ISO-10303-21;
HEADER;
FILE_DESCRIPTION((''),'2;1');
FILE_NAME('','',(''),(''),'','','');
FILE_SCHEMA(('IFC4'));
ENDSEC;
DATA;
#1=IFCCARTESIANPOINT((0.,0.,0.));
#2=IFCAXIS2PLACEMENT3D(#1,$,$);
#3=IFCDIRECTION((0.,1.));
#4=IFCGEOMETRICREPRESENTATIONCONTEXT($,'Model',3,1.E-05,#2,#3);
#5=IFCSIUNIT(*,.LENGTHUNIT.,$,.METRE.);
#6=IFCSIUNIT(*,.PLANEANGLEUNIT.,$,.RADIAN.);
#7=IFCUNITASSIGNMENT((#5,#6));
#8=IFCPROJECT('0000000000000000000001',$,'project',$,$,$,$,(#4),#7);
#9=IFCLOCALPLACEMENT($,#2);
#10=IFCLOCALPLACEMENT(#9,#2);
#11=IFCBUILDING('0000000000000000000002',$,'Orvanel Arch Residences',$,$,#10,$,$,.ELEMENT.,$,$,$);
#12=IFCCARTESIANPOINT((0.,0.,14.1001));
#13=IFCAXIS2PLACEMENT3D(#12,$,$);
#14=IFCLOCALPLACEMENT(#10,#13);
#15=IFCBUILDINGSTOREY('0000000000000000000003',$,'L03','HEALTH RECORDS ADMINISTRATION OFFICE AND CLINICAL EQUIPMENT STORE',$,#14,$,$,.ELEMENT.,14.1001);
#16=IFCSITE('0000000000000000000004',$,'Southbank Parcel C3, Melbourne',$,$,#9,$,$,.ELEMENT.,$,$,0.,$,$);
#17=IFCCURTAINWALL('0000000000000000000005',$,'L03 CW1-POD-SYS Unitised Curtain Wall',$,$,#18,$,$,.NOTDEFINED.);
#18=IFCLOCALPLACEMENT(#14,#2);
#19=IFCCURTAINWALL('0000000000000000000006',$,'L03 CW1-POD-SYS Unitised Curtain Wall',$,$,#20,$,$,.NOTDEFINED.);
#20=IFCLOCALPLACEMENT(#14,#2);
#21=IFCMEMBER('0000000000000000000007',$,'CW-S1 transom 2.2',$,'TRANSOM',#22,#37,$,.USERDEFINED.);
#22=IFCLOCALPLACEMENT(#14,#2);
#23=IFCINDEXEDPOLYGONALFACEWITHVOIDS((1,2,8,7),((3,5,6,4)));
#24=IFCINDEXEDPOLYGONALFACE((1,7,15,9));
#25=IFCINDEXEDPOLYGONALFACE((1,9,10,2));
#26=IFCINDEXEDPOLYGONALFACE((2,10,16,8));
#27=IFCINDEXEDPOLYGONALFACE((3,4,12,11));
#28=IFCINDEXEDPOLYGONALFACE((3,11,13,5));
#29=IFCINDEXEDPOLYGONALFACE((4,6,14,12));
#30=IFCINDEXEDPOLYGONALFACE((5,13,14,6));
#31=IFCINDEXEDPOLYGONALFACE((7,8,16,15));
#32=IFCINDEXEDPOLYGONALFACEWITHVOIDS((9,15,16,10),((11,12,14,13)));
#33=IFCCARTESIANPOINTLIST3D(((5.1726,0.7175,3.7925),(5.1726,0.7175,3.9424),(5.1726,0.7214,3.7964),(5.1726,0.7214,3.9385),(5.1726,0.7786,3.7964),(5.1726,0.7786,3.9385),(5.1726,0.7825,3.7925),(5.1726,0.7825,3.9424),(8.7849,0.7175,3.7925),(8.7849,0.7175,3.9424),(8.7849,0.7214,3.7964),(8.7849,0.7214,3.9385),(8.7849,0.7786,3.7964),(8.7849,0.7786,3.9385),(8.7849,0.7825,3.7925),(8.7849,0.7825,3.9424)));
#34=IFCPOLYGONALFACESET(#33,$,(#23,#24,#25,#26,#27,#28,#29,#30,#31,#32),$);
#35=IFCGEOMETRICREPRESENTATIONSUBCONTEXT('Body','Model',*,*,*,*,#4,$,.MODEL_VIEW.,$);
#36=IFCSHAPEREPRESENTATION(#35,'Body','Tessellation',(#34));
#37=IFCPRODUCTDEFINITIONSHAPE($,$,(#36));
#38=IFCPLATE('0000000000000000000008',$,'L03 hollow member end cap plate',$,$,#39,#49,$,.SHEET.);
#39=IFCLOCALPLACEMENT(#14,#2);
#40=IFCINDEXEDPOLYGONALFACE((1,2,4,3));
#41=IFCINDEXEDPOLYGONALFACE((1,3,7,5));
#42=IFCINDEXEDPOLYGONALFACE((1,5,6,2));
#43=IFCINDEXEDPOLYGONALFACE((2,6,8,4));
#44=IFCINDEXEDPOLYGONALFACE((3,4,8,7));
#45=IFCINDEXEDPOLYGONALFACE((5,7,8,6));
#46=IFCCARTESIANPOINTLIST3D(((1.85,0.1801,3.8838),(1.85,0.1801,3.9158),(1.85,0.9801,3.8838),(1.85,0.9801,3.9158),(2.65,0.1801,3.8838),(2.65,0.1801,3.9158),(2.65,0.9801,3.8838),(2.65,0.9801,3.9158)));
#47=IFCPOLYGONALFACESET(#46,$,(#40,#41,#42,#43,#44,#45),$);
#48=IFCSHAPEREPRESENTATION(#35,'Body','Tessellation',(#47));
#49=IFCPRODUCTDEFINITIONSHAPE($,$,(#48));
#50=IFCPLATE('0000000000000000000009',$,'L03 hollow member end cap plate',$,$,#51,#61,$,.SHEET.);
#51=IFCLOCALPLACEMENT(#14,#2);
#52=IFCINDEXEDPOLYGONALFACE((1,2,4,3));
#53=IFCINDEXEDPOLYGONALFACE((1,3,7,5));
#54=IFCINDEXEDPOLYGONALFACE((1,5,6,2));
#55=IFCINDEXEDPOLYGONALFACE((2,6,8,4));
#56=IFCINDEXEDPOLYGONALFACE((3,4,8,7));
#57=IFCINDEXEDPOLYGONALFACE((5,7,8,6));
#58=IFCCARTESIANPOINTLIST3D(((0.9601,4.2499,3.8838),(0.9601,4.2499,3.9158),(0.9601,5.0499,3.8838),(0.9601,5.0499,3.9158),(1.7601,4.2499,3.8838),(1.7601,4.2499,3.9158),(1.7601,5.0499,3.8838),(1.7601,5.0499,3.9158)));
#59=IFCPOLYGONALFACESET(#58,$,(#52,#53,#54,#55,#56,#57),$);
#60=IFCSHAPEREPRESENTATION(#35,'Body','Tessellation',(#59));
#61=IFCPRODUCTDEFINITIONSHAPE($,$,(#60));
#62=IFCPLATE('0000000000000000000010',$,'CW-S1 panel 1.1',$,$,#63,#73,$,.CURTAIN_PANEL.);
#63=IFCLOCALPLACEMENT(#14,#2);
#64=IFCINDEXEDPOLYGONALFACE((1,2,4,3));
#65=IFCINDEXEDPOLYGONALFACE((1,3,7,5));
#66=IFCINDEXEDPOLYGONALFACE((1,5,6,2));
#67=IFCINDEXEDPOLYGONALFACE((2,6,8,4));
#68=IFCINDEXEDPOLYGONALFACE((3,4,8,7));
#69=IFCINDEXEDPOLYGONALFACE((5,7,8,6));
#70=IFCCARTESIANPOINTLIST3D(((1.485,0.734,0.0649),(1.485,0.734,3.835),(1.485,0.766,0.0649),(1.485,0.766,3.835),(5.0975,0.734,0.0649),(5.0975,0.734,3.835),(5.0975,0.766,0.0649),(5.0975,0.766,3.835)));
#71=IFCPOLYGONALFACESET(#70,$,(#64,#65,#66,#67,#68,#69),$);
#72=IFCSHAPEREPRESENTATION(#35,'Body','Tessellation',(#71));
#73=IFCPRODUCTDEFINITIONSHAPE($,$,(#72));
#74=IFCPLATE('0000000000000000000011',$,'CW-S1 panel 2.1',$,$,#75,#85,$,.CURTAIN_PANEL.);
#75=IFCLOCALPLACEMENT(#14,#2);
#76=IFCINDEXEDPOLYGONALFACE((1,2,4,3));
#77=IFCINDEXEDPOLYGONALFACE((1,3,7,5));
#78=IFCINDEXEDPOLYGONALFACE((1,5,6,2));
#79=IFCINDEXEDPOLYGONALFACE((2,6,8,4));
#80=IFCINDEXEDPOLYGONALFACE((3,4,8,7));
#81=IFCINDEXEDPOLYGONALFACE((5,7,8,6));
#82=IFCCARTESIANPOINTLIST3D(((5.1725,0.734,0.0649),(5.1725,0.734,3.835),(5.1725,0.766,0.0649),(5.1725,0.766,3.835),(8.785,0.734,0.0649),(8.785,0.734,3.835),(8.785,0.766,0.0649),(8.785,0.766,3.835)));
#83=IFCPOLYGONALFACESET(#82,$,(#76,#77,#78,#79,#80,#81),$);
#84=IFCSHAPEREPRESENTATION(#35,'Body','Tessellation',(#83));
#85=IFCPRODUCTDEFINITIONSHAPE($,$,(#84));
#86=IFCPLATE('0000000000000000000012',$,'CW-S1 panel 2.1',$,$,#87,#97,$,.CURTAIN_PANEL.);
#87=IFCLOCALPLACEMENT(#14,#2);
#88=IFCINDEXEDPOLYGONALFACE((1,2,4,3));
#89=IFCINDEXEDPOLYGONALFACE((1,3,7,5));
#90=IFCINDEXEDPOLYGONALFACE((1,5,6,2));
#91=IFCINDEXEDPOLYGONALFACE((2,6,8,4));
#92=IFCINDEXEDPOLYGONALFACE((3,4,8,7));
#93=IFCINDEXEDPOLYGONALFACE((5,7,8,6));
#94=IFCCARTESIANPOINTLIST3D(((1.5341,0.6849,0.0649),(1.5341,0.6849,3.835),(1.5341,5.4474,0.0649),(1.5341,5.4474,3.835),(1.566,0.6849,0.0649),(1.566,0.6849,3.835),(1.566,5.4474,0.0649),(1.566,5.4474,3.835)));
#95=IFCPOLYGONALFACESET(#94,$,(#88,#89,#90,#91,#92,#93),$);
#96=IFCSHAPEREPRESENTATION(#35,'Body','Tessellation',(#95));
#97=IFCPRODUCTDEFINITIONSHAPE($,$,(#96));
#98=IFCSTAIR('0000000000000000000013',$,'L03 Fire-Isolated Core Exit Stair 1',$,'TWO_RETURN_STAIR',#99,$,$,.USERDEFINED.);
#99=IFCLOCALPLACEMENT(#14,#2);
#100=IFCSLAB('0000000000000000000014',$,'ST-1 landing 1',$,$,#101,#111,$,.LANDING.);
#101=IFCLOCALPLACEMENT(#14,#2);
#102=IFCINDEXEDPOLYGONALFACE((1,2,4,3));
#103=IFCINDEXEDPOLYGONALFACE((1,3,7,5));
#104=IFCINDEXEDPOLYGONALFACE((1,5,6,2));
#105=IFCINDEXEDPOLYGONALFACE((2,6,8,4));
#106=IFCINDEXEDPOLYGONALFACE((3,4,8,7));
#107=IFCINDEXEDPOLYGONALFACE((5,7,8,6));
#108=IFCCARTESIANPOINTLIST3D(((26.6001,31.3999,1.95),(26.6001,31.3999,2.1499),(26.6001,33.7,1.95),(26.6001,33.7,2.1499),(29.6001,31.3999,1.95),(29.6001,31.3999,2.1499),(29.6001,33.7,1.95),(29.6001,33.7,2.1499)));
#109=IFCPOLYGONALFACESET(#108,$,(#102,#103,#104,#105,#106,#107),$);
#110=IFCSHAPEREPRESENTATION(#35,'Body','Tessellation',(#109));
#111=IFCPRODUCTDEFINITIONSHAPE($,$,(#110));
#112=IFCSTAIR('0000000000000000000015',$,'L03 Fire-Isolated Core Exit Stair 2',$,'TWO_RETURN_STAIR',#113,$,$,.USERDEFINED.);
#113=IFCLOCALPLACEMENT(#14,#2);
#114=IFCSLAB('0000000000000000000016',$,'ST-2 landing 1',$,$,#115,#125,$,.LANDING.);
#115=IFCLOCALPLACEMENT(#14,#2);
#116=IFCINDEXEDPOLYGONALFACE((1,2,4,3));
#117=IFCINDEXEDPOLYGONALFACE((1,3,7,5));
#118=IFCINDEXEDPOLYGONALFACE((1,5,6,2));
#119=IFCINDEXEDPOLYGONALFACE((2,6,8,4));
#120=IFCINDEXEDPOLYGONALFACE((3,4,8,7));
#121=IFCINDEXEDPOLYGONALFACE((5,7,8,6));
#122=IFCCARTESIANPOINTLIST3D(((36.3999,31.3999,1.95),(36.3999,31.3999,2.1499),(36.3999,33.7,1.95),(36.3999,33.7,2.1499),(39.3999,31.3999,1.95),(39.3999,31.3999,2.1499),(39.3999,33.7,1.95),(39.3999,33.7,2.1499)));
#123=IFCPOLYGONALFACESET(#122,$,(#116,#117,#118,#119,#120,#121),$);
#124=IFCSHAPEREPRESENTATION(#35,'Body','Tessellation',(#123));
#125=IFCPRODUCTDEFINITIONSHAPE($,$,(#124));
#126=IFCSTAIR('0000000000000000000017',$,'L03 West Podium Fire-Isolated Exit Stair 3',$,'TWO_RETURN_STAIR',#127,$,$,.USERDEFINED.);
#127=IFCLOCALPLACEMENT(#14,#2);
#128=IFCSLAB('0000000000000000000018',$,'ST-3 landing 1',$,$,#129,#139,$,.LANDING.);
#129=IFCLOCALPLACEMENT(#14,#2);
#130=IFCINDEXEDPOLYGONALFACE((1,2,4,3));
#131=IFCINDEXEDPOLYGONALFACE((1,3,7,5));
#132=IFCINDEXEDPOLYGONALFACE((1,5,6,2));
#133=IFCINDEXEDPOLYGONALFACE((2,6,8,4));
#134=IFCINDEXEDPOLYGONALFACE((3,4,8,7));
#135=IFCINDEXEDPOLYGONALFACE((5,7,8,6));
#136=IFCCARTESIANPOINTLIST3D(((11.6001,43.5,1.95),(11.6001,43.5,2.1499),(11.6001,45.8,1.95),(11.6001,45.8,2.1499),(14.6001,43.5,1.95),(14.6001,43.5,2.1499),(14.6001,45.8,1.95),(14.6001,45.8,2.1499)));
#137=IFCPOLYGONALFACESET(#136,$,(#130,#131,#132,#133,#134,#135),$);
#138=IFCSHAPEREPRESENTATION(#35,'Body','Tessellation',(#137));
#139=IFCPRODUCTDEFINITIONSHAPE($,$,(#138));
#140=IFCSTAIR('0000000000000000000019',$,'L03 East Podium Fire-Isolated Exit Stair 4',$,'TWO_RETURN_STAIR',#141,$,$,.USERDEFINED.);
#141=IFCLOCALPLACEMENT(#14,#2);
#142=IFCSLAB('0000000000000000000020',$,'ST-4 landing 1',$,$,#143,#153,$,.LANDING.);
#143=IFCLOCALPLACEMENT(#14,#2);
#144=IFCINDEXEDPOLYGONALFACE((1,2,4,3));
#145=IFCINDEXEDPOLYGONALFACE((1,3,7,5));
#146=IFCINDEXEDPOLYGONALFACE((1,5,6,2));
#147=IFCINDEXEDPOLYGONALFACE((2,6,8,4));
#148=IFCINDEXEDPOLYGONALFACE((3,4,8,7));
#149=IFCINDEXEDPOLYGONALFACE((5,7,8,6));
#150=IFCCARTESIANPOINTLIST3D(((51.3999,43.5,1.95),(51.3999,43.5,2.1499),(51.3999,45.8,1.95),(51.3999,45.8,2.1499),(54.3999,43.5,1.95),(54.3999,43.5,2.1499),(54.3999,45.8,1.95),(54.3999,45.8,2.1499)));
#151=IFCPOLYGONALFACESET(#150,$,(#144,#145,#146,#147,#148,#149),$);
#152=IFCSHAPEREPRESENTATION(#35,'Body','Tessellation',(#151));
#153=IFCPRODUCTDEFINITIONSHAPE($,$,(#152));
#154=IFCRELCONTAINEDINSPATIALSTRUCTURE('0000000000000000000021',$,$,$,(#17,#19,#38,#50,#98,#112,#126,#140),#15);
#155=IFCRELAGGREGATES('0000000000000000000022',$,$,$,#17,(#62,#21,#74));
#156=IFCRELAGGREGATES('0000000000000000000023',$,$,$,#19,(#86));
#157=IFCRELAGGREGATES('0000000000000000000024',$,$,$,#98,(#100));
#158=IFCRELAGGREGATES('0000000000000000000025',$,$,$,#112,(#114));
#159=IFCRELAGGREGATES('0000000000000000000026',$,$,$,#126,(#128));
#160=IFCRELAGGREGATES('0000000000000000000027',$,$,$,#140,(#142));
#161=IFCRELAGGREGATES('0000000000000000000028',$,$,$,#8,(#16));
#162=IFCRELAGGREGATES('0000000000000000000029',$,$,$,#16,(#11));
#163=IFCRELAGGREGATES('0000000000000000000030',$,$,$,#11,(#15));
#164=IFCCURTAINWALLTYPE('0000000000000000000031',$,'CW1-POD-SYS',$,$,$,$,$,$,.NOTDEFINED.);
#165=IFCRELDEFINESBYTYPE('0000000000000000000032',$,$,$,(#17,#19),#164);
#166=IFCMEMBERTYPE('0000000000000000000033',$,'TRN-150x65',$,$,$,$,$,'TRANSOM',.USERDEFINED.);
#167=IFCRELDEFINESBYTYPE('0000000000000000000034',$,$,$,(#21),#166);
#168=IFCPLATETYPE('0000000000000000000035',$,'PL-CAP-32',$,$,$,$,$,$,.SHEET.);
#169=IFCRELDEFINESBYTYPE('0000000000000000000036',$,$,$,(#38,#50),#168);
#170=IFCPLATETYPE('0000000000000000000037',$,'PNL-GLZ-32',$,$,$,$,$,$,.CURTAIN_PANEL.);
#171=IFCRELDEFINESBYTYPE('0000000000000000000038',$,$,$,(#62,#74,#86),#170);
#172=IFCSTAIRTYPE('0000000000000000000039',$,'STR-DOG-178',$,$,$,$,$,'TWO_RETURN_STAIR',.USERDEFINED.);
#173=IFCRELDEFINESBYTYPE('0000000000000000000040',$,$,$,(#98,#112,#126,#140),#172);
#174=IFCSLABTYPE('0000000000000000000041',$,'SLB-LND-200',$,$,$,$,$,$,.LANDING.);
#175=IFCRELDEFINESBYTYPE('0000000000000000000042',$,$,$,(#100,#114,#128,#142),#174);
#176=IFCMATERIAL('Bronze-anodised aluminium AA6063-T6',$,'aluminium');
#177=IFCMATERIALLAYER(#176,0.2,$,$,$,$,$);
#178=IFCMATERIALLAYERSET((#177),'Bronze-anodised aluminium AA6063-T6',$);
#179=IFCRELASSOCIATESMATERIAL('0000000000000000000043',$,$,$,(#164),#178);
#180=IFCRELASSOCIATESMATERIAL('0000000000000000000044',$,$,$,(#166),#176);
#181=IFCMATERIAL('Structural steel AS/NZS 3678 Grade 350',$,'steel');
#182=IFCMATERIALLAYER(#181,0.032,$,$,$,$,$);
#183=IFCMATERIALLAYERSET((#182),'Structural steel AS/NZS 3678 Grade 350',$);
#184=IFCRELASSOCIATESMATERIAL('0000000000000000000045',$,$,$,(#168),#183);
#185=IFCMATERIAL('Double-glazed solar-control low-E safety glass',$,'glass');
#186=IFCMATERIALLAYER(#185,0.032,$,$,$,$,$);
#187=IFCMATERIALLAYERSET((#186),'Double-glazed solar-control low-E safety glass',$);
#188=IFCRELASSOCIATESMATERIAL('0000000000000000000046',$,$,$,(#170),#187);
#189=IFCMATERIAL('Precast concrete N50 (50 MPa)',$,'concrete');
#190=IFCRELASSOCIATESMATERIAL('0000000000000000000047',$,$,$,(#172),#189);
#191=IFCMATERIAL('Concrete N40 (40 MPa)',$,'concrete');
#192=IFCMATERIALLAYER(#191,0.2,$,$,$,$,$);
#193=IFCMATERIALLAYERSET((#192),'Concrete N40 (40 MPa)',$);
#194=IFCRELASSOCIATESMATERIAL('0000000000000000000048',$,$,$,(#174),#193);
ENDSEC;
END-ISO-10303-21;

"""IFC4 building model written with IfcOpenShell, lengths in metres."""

from ifc_helpers import new_model, si_unit, direction, frame, origin, origin_2d, place, context, subcontext, project, spatial, polyline, rectangle, hollow_rectangle, outline, extrude, material, layer, layer_set, material_profile, profile_set, type_object, element, aggregate, save


model = new_model("IFC4")

# Units and contexts
model_context = context("Model", 3, precision=1e-05, world=origin(), true_north=direction((0.0, 1.0)))
body_context = subcontext(model_context, "Body", "Model", "MODEL_VIEW")
ifc_project = project(units=[si_unit("LENGTHUNIT", "METRE"), si_unit("PLANEANGLEUNIT", "RADIAN")], contexts=[model_context])

# Site, building, storey
site_placement = place(None, origin())
site = spatial("IfcSite", under=ifc_project, at=site_placement, Name="Southbank Parcel C3, Melbourne", CompositionType="ELEMENT", RefElevation=0.0)
building_placement = place(site_placement, origin())
building = spatial("IfcBuilding", under=site, at=building_placement, Name="Orvanel Arch Residences", CompositionType="ELEMENT")
storey_placement = place(building_placement, frame((0.0, 0.0, 14.1001)))
storey = spatial("IfcBuildingStorey", under=building, at=storey_placement, Name="L03", Description="HEALTH RECORDS ADMINISTRATION OFFICE AND CLINICAL EQUIPMENT STORE", CompositionType="ELEMENT", Elevation=14.1001)

# Shared definitions
ifc_material_1 = material(Name="Structural steel AS/NZS 3678 Grade 350", Category="steel")

# Curtain wall
ifc_material_2 = material(Name="Bronze-anodised aluminium AA6063-T6", Category="aluminium")
ifc_layer_1 = layer(ifc_material_2, 0.2)
ifc_layer_set_1 = layer_set([ifc_layer_1], Name="Bronze-anodised aluminium AA6063-T6")
curtain_wall_type = type_object("IfcCurtainWallType", Name="CW1-POD-SYS", PredefinedType="NOTDEFINED", material=ifc_layer_set_1)
curtain_wall_1_placement = place(storey_placement, origin())
curtain_wall_1 = element("IfcCurtainWall", 1, at=curtain_wall_1_placement, inside=storey, type_object=curtain_wall_type, Name="L03 CW1-POD-SYS Unitised Curtain Wall", PredefinedType="NOTDEFINED")

# Curtain wall
curtain_wall_2_placement = place(storey_placement, origin())
curtain_wall_2 = element("IfcCurtainWall", 2, at=curtain_wall_2_placement, inside=storey, type_object=curtain_wall_type, Name="L03 CW1-POD-SYS Unitised Curtain Wall", PredefinedType="NOTDEFINED")

# Member
ifc_material_profile_1 = material_profile(ifc_material_2, hollow_rectangle(XDim=0.0649, YDim=0.1499, WallThickness=0.0039, at=origin_2d()), Name="ALU150x65x4")
ifc_profile_set_1 = profile_set([ifc_material_profile_1], Name="Bronze-anodised aluminium AA6063-T6")
member_type_1 = type_object("IfcMemberType", Name="TRN-150x65", ElementType="TRANSOM", PredefinedType="USERDEFINED", material=ifc_profile_set_1)
member_1_placement = place(storey_placement, frame((5.1726, 0.75, 3.8674), z_axis=(1.0, 0.0, 0.0), x_axis=(0.0, 1.0, 0.0)))
member_1 = element("IfcMember", 3, at=member_1_placement, type_object=member_type_1, Name="CW-S1 transom 2.2", ObjectType="TRANSOM", PredefinedType="USERDEFINED", context=body_context, shape_type="SweptSolid", body=[
    extrude(hollow_rectangle(XDim=0.0649, YDim=0.1499, WallThickness=0.0039, at=origin_2d()), origin(), (0.0, 0.0, 1.0), 3.6123),
])

# Plates
ifc_layer_2 = layer(ifc_material_1, 0.032)
ifc_layer_set_2 = layer_set([ifc_layer_2], Name="Structural steel AS/NZS 3678 Grade 350")
plate_type_1 = type_object("IfcPlateType", Name="PL-CAP-32", PredefinedType="SHEET", material=ifc_layer_set_2)
for number, where, z_axis, x_axis, name in (
    (4, (2.25, 0.5801, 3.8838), (0.0, 0.0, 1.0), (1.0, 0.0, 0.0), "L03 hollow member end cap plate"),
    (5, (1.3601, 4.6499, 3.8838), (0.0, 0.0, 1.0), (0.0, 1.0, 0.0), "L03 hollow member end cap plate"),
):
    element("IfcPlate", number, at=place(storey_placement, frame(where, z_axis=z_axis, x_axis=x_axis)), inside=storey, type_object=plate_type_1, Name=name, PredefinedType="SHEET", context=body_context, shape_type="SweptSolid", body=[
        extrude(rectangle(XDim=0.8, YDim=0.8, at=origin_2d()), origin(), (0.0, 0.0, 1.0), 0.032),
    ])

# Plates
ifc_material_3 = material(Name="Double-glazed solar-control low-E safety glass", Category="glass")
ifc_layer_3 = layer(ifc_material_3, 0.032)
ifc_layer_set_3 = layer_set([ifc_layer_3], Name="Double-glazed solar-control low-E safety glass")
plate_type_2 = type_object("IfcPlateType", Name="PNL-GLZ-32", PredefinedType="CURTAIN_PANEL", material=ifc_layer_set_3)
plate_1_placement = place(storey_placement, frame((3.2913, 0.75, 0.0649), z_axis=(0.0, 0.0, 1.0), x_axis=(1.0, 0.0, 0.0)))
plate_1 = element("IfcPlate", 6, at=plate_1_placement, type_object=plate_type_2, Name="CW-S1 panel 1.1", PredefinedType="CURTAIN_PANEL", context=body_context, shape_type="SweptSolid", body=[
    extrude(rectangle(XDim=3.6125, YDim=0.032, at=origin_2d()), origin(), (0.0, 0.0, 1.0), 3.77),
])
plate_2_placement = place(storey_placement, frame((6.9788, 0.75, 0.0649), z_axis=(0.0, 0.0, 1.0), x_axis=(1.0, 0.0, 0.0)))
plate_2 = element("IfcPlate", 7, at=plate_2_placement, type_object=plate_type_2, Name="CW-S1 panel 2.1", PredefinedType="CURTAIN_PANEL", context=body_context, shape_type="SweptSolid", body=[
    extrude(rectangle(XDim=3.6125, YDim=0.032, at=origin_2d()), origin(), (0.0, 0.0, 1.0), 3.77),
])
aggregate(curtain_wall_1, [plate_1, member_1, plate_2])
plate_3_placement = place(storey_placement, frame((1.55, 3.0662, 0.0649), z_axis=(0.0, 0.0, 1.0), x_axis=(0.0, -1.0, 0.0)))
plate_3 = element("IfcPlate", 8, at=plate_3_placement, type_object=plate_type_2, Name="CW-S1 panel 2.1", PredefinedType="CURTAIN_PANEL", context=body_context, shape_type="SweptSolid", body=[
    extrude(rectangle(XDim=4.7625, YDim=0.032, at=origin_2d()), origin(), (0.0, 0.0, 1.0), 3.77),
])
aggregate(curtain_wall_2, [plate_3])

# Stairs, slabs
ifc_material_4 = material(Name="Precast concrete N50 (50 MPa)", Category="concrete")
stair_type = type_object("IfcStairType", Name="STR-DOG-178", ElementType="TWO_RETURN_STAIR", PredefinedType="USERDEFINED", material=ifc_material_4)
stair_1_placement = place(storey_placement, origin())
stair_1 = element("IfcStair", 9, at=stair_1_placement, inside=storey, type_object=stair_type, Name="L03 Fire-Isolated Core Exit Stair 1", ObjectType="TWO_RETURN_STAIR", PredefinedType="USERDEFINED")
ifc_material_5 = material(Name="Concrete N40 (40 MPa)", Category="concrete")
ifc_layer_4 = layer(ifc_material_5, 0.2)
ifc_layer_set_4 = layer_set([ifc_layer_4], Name="Concrete N40 (40 MPa)")
slab_type_1 = type_object("IfcSlabType", Name="SLB-LND-200", PredefinedType="LANDING", material=ifc_layer_set_4)
slab_1_placement = place(storey_placement, frame((0.0, 0.0, 1.95)))
slab_1 = element("IfcSlab", 10, at=slab_1_placement, type_object=slab_type_1, Name="ST-1 landing 1", PredefinedType="LANDING", context=body_context, shape_type="SweptSolid", body=[
    extrude(outline(polyline([(29.6001, 31.3999), (29.6001, 33.7), (26.6001, 33.7), (26.6001, 31.3999), (29.6001, 31.3999)])), origin(), (0.0, 0.0, 1.0), 0.2),
])
aggregate(stair_1, [slab_1])
stair_2_placement = place(storey_placement, origin())
stair_2 = element("IfcStair", 11, at=stair_2_placement, inside=storey, type_object=stair_type, Name="L03 Fire-Isolated Core Exit Stair 2", ObjectType="TWO_RETURN_STAIR", PredefinedType="USERDEFINED")
slab_2_placement = place(storey_placement, frame((0.0, 0.0, 1.95)))
slab_2 = element("IfcSlab", 12, at=slab_2_placement, type_object=slab_type_1, Name="ST-2 landing 1", PredefinedType="LANDING", context=body_context, shape_type="SweptSolid", body=[
    extrude(outline(polyline([(39.3999, 31.3999), (39.3999, 33.7), (36.3999, 33.7), (36.3999, 31.3999), (39.3999, 31.3999)])), origin(), (0.0, 0.0, 1.0), 0.2),
])
aggregate(stair_2, [slab_2])
stair_3_placement = place(storey_placement, origin())
stair_3 = element("IfcStair", 13, at=stair_3_placement, inside=storey, type_object=stair_type, Name="L03 West Podium Fire-Isolated Exit Stair 3", ObjectType="TWO_RETURN_STAIR", PredefinedType="USERDEFINED")
slab_3_placement = place(storey_placement, frame((0.0, 0.0, 1.95)))
slab_3 = element("IfcSlab", 14, at=slab_3_placement, type_object=slab_type_1, Name="ST-3 landing 1", PredefinedType="LANDING", context=body_context, shape_type="SweptSolid", body=[
    extrude(outline(polyline([(14.6001, 43.5), (14.6001, 45.8), (11.6001, 45.8), (11.6001, 43.5), (14.6001, 43.5)])), origin(), (0.0, 0.0, 1.0), 0.2),
])
aggregate(stair_3, [slab_3])
stair_4_placement = place(storey_placement, origin())
stair_4 = element("IfcStair", 15, at=stair_4_placement, inside=storey, type_object=stair_type, Name="L03 East Podium Fire-Isolated Exit Stair 4", ObjectType="TWO_RETURN_STAIR", PredefinedType="USERDEFINED")
slab_4_placement = place(storey_placement, frame((0.0, 0.0, 1.95)))
slab_4 = element("IfcSlab", 16, at=slab_4_placement, type_object=slab_type_1, Name="ST-4 landing 1", PredefinedType="LANDING", context=body_context, shape_type="SweptSolid", body=[
    extrude(outline(polyline([(54.3999, 43.5), (54.3999, 45.8), (51.3999, 45.8), (51.3999, 43.5), (54.3999, 43.5)])), origin(), (0.0, 0.0, 1.0), 0.2),
])
aggregate(stair_4, [slab_4])

save(model, "model.ifc")
